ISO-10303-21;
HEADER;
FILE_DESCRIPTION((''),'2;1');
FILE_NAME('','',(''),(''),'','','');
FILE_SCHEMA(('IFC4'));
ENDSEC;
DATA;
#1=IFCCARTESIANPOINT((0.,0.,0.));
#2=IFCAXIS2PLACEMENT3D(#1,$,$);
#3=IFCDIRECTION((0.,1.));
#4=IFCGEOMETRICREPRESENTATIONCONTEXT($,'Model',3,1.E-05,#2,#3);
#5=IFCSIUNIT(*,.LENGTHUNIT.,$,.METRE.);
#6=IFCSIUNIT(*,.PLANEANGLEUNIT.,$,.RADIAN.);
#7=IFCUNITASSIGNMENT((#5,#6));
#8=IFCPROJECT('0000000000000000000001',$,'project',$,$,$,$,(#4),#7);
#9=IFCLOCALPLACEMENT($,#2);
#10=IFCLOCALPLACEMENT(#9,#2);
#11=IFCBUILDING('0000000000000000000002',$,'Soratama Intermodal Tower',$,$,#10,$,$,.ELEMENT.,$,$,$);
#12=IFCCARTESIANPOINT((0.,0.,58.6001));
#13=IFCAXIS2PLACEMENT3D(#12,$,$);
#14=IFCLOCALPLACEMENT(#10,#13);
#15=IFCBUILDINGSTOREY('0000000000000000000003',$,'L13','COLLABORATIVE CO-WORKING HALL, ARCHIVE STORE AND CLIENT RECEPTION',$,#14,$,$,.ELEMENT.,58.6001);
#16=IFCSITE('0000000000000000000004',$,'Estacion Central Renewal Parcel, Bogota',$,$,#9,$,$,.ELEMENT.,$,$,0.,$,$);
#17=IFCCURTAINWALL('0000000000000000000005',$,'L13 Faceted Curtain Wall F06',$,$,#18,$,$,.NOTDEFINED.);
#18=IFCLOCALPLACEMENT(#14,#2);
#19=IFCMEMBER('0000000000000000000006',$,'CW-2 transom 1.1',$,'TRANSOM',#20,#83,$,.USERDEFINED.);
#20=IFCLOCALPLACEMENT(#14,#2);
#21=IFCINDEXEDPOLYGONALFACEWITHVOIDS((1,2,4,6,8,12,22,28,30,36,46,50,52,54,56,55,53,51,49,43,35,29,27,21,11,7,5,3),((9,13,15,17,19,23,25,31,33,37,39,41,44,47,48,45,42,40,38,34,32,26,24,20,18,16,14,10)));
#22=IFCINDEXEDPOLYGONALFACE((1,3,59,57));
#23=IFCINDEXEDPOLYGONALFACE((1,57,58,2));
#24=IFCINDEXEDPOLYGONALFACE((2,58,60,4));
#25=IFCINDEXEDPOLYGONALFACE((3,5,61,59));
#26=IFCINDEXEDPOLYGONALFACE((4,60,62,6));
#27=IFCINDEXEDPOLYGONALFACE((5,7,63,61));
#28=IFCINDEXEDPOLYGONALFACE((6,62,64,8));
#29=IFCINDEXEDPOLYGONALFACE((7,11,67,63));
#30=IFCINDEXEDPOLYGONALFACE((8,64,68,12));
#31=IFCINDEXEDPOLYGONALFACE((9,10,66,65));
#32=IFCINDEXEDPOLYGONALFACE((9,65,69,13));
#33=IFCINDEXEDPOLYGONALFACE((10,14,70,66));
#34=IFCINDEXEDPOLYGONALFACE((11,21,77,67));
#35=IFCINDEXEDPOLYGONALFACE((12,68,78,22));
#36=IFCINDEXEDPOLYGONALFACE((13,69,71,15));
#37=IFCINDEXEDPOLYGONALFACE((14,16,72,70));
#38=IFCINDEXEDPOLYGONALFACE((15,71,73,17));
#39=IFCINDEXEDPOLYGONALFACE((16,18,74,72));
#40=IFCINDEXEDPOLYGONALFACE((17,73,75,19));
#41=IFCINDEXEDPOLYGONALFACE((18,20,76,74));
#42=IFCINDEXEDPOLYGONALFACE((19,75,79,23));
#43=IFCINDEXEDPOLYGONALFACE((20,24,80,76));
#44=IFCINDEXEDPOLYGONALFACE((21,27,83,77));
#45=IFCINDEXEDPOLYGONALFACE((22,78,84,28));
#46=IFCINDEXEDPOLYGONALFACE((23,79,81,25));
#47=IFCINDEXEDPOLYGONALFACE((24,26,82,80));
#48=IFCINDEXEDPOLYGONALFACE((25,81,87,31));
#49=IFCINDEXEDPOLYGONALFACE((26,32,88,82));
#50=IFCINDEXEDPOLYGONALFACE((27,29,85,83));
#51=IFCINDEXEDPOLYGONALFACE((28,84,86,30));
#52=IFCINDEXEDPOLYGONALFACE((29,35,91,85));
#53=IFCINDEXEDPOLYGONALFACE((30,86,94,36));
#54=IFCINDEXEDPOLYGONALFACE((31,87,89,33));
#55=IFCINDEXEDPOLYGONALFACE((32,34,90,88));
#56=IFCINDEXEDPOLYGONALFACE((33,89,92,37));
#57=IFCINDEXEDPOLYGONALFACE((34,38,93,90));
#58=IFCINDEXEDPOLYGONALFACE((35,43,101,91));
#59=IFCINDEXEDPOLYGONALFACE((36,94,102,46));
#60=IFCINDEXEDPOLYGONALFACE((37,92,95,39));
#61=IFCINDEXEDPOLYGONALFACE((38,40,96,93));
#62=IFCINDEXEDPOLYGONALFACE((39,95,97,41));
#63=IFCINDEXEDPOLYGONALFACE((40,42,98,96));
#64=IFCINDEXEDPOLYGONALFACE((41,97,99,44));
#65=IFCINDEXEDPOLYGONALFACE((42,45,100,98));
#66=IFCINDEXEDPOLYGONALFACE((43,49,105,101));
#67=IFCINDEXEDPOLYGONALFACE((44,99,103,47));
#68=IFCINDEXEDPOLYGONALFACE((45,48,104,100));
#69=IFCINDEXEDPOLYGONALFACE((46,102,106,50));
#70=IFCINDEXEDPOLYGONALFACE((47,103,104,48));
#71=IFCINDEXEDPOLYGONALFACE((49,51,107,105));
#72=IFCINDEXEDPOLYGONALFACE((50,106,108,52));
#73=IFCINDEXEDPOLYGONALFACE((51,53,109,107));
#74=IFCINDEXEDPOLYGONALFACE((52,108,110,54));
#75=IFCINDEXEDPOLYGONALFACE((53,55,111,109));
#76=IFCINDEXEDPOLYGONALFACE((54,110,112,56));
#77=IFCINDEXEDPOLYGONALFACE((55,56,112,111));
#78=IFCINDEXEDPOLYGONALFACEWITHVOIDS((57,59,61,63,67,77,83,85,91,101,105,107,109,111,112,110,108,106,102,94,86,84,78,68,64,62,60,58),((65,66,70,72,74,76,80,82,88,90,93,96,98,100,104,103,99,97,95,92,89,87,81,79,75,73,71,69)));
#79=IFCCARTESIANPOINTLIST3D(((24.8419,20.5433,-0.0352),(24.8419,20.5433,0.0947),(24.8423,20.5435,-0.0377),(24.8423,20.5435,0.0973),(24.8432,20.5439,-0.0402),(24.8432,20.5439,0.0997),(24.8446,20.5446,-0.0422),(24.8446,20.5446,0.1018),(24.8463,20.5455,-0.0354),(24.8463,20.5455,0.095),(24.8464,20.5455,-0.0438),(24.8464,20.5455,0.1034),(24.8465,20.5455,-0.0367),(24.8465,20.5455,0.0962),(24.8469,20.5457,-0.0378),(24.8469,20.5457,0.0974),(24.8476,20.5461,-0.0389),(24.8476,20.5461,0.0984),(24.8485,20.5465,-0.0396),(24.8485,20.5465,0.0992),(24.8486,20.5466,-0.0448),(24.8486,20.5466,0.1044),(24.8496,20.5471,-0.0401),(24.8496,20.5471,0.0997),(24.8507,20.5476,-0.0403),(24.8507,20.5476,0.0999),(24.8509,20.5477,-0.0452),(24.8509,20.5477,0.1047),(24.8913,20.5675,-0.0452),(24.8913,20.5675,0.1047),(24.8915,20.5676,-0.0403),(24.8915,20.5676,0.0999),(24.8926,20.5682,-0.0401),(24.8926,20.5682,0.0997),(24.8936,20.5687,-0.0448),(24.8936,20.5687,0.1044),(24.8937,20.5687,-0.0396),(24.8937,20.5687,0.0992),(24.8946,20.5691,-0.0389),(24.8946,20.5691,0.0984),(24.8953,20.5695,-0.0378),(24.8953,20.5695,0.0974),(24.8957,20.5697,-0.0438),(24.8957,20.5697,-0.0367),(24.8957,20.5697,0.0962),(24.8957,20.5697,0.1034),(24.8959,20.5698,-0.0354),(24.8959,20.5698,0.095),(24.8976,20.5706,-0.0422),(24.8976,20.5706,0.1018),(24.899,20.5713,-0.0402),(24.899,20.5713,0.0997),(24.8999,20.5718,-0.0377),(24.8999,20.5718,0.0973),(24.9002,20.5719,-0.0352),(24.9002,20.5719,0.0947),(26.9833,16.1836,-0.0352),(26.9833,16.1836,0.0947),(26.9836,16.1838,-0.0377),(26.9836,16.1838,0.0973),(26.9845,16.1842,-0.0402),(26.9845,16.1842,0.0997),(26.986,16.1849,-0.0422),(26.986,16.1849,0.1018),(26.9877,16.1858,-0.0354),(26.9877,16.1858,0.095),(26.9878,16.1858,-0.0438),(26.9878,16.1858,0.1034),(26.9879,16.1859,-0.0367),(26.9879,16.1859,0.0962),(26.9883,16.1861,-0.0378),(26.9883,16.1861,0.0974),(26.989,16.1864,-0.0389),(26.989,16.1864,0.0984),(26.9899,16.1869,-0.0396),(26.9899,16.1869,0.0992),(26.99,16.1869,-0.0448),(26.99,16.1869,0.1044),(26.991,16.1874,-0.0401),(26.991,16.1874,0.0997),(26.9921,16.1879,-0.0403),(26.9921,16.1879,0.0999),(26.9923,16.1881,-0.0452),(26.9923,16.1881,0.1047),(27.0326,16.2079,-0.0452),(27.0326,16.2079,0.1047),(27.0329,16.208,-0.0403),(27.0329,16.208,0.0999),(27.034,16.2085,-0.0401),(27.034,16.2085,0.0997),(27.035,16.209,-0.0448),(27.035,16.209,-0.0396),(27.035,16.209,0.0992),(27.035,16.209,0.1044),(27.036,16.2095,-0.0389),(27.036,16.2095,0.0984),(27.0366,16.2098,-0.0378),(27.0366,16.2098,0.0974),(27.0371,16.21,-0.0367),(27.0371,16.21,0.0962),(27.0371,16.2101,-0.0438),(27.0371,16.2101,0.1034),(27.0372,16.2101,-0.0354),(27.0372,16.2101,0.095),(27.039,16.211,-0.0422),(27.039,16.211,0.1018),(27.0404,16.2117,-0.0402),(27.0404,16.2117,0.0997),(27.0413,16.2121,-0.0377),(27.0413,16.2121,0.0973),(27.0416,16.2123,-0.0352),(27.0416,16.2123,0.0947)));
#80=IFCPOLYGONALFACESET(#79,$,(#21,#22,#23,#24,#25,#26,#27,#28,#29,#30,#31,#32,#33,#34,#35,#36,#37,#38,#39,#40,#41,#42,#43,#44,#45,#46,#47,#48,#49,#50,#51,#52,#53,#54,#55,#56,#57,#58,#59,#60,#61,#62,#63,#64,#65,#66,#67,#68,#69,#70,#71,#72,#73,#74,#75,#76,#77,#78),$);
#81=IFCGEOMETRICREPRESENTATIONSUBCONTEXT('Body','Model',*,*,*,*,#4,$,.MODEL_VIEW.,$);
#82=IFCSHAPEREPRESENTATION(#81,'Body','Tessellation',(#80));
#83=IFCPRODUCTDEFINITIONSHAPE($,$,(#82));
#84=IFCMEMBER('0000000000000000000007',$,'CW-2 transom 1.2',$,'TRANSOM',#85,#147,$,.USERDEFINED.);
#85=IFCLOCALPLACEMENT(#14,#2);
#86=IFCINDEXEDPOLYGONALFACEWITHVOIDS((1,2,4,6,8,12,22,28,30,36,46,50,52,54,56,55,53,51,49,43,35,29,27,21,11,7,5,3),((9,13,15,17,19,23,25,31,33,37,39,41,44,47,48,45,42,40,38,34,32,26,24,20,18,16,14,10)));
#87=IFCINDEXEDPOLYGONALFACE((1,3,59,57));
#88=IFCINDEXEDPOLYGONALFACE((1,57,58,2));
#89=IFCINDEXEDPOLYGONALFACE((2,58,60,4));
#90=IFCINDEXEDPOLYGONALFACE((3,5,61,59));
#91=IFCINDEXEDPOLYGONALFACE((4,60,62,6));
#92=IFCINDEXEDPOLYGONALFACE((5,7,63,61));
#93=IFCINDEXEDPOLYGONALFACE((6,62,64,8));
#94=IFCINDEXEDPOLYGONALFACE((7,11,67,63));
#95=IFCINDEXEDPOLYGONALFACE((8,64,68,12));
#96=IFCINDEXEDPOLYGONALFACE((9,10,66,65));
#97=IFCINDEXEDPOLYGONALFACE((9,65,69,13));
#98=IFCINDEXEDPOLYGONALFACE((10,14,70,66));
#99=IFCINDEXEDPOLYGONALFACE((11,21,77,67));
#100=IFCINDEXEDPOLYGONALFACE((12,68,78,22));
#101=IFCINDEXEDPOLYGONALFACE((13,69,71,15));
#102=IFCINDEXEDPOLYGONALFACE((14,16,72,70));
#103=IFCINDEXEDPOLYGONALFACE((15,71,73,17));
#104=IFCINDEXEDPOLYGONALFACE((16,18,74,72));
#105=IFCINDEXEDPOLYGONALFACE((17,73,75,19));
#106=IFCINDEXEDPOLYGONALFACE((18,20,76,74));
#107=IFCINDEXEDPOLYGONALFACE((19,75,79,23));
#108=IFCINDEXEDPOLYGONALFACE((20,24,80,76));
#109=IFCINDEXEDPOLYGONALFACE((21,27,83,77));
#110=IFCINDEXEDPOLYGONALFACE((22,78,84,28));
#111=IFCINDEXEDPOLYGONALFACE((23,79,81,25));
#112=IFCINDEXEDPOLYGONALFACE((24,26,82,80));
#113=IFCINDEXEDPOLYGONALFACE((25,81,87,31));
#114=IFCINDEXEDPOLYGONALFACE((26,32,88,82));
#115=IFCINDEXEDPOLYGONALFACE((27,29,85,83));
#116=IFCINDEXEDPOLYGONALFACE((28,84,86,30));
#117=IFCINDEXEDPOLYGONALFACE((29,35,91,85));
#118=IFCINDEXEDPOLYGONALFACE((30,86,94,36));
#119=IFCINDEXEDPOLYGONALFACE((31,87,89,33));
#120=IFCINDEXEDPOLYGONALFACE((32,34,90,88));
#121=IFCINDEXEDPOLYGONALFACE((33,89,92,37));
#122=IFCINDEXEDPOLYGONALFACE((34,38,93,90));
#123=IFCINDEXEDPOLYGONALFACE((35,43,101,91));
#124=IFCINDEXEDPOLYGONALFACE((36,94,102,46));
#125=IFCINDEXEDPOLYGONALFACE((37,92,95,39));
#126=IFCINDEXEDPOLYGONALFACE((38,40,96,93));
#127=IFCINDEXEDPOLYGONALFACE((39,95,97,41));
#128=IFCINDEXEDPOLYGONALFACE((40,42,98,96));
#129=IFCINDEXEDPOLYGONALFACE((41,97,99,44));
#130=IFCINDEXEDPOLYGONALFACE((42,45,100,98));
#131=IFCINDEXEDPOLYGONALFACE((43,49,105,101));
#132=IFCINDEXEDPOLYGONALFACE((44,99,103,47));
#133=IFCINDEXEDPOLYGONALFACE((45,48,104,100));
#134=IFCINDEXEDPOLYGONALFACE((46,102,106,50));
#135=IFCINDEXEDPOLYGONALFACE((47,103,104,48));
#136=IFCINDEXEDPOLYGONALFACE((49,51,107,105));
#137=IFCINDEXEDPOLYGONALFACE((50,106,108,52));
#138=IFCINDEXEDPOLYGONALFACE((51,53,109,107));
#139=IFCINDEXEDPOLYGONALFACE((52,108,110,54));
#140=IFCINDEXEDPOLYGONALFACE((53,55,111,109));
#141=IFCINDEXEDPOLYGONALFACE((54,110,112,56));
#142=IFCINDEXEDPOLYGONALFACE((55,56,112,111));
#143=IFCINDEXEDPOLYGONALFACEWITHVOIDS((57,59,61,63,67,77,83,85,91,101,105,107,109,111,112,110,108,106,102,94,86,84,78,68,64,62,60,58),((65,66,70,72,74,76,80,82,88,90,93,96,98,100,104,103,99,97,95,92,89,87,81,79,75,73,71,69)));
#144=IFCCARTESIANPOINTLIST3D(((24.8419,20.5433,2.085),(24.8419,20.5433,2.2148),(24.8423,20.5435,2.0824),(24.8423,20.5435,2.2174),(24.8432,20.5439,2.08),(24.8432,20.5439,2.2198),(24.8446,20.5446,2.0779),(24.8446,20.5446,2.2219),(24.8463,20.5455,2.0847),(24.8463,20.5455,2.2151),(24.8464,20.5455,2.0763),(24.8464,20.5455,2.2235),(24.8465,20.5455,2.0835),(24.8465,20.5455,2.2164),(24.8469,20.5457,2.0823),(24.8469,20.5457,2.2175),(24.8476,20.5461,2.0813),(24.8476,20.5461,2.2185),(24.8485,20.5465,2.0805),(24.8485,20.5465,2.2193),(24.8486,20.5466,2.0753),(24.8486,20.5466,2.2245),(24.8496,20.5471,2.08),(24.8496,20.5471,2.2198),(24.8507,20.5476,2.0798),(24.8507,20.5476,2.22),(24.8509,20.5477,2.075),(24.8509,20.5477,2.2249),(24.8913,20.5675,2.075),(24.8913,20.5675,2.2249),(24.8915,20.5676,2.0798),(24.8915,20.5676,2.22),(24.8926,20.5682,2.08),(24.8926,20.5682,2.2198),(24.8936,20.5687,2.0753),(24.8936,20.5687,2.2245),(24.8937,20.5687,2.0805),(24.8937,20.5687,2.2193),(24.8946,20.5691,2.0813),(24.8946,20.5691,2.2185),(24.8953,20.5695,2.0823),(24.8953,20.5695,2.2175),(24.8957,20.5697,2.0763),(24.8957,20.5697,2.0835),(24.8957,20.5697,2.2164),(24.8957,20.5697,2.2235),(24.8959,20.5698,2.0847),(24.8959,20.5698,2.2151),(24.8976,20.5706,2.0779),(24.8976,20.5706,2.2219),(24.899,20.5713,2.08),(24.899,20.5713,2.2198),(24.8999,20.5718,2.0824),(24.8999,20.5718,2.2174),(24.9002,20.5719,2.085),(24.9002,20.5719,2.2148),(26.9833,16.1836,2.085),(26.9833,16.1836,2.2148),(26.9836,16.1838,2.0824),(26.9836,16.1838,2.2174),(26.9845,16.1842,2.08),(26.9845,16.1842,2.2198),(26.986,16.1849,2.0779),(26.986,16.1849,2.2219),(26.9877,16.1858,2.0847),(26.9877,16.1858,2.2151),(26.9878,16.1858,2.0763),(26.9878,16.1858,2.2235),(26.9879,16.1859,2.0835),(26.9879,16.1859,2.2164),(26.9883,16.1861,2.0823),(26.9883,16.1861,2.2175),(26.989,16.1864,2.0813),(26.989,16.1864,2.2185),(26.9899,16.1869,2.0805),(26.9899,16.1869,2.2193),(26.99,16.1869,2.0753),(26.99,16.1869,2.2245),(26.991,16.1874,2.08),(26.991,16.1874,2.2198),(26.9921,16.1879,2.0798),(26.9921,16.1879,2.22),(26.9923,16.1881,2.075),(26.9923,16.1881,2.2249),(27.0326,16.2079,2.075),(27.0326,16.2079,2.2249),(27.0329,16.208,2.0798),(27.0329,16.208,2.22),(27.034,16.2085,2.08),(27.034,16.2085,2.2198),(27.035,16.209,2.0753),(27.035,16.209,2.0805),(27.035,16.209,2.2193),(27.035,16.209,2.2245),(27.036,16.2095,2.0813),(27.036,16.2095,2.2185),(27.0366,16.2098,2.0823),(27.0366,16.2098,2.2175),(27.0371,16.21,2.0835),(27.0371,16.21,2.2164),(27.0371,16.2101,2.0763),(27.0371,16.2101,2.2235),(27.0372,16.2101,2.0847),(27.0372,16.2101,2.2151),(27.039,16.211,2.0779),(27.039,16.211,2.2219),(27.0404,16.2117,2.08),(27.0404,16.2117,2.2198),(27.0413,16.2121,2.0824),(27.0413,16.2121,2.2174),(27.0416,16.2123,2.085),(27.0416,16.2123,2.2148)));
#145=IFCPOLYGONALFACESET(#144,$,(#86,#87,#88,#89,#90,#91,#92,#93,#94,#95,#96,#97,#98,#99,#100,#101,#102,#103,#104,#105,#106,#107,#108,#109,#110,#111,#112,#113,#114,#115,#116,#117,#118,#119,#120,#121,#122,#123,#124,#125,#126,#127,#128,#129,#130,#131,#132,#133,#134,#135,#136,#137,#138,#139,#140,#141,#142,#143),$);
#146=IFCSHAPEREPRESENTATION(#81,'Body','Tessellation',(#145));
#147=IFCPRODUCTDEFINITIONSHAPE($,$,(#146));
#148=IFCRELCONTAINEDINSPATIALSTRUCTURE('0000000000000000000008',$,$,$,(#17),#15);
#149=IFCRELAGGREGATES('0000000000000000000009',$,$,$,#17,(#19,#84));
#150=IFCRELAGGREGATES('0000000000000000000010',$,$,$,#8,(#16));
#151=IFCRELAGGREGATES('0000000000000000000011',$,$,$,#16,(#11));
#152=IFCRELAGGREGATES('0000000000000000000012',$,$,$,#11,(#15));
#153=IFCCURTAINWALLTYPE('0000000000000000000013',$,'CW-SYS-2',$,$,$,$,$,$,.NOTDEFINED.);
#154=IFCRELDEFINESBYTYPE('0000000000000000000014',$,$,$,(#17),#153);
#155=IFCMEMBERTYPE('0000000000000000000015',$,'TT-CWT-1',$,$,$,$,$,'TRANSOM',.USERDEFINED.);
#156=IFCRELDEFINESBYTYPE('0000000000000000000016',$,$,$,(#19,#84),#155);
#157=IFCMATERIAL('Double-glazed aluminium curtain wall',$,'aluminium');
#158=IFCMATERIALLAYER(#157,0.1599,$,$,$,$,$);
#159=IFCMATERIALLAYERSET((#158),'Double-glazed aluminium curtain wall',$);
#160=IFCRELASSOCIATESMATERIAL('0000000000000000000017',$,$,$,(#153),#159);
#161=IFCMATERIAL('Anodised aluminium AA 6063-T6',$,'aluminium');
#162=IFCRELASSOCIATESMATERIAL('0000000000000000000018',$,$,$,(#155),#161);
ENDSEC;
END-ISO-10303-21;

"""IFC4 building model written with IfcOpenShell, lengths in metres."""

from ifc_helpers import new_model, si_unit, direction, frame, origin, origin_2d, place, context, subcontext, project, spatial, hollow_rectangle, extrude, material, layer, layer_set, material_profile, profile_set, type_object, element, aggregate, save


model = new_model("IFC4")

# Units and contexts
model_context = context("Model", 3, precision=1e-05, world=origin(), true_north=direction((0.0, 1.0)))
body_context = subcontext(model_context, "Body", "Model", "MODEL_VIEW")
ifc_project = project(units=[si_unit("LENGTHUNIT", "METRE"), si_unit("PLANEANGLEUNIT", "RADIAN")], contexts=[model_context])

# Site, building, storey
site_placement = place(None, origin())
site = spatial("IfcSite", under=ifc_project, at=site_placement, Name="Estacion Central Renewal Parcel, Bogota", CompositionType="ELEMENT", RefElevation=0.0)
building_placement = place(site_placement, origin())
building = spatial("IfcBuilding", under=site, at=building_placement, Name="Soratama Intermodal Tower", CompositionType="ELEMENT")
storey_placement = place(building_placement, frame((0.0, 0.0, 58.6001)))
storey = spatial("IfcBuildingStorey", under=building, at=storey_placement, Name="L13", Description="COLLABORATIVE CO-WORKING HALL, ARCHIVE STORE AND CLIENT RECEPTION", CompositionType="ELEMENT", Elevation=58.6001)

# Curtain wall, members
ifc_material_1 = material(Name="Double-glazed aluminium curtain wall", Category="aluminium")
ifc_layer_1 = layer(ifc_material_1, 0.1599)
ifc_layer_set_1 = layer_set([ifc_layer_1], Name="Double-glazed aluminium curtain wall")
curtain_wall_type = type_object("IfcCurtainWallType", Name="CW-SYS-2", PredefinedType="NOTDEFINED", material=ifc_layer_set_1)
curtain_wall_placement = place(storey_placement, origin())
curtain_wall = element("IfcCurtainWall", 1, at=curtain_wall_placement, inside=storey, type_object=curtain_wall_type, Name="L13 Faceted Curtain Wall F06", PredefinedType="NOTDEFINED")
ifc_material_2 = material(Name="Anodised aluminium AA 6063-T6", Category="aluminium")
ifc_material_profile_1 = material_profile(ifc_material_2, hollow_rectangle(XDim=0.0649, YDim=0.1499, WallThickness=0.0049, InnerFilletRadius=0.0049, OuterFilletRadius=0.01, at=origin_2d()), Name="CWT150X65X5")
ifc_profile_set_1 = profile_set([ifc_material_profile_1], Name="Anodised aluminium AA 6063-T6")
member_type_1 = type_object("IfcMemberType", Name="TT-CWT-1", ElementType="TRANSOM", PredefinedType="USERDEFINED", material=ifc_profile_set_1)
member_1_placement = place(storey_placement, frame((24.8711, 20.5576, 0.0298), z_axis=(0.440869, -0.897571, 0.0), x_axis=(0.897571, 0.440869, 0.0)))
member_1 = element("IfcMember", 2, at=member_1_placement, type_object=member_type_1, Name="CW-2 transom 1.1", ObjectType="TRANSOM", PredefinedType="USERDEFINED", context=body_context, shape_type="SweptSolid", body=[
    extrude(hollow_rectangle(XDim=0.0649, YDim=0.1499, WallThickness=0.0049, InnerFilletRadius=0.0049, OuterFilletRadius=0.01, at=origin_2d()), origin(), (0.0, 0.0, 1.0), 4.8572),
])
member_2_placement = place(storey_placement, frame((24.8711, 20.5576, 2.1499), z_axis=(0.440869, -0.897571, 0.0), x_axis=(0.897571, 0.440869, 0.0)))
member_2 = element("IfcMember", 3, at=member_2_placement, type_object=member_type_1, Name="CW-2 transom 1.2", ObjectType="TRANSOM", PredefinedType="USERDEFINED", context=body_context, shape_type="SweptSolid", body=[
    extrude(hollow_rectangle(XDim=0.0649, YDim=0.1499, WallThickness=0.0049, InnerFilletRadius=0.0049, OuterFilletRadius=0.01, at=origin_2d()), origin(), (0.0, 0.0, 1.0), 4.8572),
])
aggregate(curtain_wall, [member_1, member_2])

save(model, "model.ifc")
